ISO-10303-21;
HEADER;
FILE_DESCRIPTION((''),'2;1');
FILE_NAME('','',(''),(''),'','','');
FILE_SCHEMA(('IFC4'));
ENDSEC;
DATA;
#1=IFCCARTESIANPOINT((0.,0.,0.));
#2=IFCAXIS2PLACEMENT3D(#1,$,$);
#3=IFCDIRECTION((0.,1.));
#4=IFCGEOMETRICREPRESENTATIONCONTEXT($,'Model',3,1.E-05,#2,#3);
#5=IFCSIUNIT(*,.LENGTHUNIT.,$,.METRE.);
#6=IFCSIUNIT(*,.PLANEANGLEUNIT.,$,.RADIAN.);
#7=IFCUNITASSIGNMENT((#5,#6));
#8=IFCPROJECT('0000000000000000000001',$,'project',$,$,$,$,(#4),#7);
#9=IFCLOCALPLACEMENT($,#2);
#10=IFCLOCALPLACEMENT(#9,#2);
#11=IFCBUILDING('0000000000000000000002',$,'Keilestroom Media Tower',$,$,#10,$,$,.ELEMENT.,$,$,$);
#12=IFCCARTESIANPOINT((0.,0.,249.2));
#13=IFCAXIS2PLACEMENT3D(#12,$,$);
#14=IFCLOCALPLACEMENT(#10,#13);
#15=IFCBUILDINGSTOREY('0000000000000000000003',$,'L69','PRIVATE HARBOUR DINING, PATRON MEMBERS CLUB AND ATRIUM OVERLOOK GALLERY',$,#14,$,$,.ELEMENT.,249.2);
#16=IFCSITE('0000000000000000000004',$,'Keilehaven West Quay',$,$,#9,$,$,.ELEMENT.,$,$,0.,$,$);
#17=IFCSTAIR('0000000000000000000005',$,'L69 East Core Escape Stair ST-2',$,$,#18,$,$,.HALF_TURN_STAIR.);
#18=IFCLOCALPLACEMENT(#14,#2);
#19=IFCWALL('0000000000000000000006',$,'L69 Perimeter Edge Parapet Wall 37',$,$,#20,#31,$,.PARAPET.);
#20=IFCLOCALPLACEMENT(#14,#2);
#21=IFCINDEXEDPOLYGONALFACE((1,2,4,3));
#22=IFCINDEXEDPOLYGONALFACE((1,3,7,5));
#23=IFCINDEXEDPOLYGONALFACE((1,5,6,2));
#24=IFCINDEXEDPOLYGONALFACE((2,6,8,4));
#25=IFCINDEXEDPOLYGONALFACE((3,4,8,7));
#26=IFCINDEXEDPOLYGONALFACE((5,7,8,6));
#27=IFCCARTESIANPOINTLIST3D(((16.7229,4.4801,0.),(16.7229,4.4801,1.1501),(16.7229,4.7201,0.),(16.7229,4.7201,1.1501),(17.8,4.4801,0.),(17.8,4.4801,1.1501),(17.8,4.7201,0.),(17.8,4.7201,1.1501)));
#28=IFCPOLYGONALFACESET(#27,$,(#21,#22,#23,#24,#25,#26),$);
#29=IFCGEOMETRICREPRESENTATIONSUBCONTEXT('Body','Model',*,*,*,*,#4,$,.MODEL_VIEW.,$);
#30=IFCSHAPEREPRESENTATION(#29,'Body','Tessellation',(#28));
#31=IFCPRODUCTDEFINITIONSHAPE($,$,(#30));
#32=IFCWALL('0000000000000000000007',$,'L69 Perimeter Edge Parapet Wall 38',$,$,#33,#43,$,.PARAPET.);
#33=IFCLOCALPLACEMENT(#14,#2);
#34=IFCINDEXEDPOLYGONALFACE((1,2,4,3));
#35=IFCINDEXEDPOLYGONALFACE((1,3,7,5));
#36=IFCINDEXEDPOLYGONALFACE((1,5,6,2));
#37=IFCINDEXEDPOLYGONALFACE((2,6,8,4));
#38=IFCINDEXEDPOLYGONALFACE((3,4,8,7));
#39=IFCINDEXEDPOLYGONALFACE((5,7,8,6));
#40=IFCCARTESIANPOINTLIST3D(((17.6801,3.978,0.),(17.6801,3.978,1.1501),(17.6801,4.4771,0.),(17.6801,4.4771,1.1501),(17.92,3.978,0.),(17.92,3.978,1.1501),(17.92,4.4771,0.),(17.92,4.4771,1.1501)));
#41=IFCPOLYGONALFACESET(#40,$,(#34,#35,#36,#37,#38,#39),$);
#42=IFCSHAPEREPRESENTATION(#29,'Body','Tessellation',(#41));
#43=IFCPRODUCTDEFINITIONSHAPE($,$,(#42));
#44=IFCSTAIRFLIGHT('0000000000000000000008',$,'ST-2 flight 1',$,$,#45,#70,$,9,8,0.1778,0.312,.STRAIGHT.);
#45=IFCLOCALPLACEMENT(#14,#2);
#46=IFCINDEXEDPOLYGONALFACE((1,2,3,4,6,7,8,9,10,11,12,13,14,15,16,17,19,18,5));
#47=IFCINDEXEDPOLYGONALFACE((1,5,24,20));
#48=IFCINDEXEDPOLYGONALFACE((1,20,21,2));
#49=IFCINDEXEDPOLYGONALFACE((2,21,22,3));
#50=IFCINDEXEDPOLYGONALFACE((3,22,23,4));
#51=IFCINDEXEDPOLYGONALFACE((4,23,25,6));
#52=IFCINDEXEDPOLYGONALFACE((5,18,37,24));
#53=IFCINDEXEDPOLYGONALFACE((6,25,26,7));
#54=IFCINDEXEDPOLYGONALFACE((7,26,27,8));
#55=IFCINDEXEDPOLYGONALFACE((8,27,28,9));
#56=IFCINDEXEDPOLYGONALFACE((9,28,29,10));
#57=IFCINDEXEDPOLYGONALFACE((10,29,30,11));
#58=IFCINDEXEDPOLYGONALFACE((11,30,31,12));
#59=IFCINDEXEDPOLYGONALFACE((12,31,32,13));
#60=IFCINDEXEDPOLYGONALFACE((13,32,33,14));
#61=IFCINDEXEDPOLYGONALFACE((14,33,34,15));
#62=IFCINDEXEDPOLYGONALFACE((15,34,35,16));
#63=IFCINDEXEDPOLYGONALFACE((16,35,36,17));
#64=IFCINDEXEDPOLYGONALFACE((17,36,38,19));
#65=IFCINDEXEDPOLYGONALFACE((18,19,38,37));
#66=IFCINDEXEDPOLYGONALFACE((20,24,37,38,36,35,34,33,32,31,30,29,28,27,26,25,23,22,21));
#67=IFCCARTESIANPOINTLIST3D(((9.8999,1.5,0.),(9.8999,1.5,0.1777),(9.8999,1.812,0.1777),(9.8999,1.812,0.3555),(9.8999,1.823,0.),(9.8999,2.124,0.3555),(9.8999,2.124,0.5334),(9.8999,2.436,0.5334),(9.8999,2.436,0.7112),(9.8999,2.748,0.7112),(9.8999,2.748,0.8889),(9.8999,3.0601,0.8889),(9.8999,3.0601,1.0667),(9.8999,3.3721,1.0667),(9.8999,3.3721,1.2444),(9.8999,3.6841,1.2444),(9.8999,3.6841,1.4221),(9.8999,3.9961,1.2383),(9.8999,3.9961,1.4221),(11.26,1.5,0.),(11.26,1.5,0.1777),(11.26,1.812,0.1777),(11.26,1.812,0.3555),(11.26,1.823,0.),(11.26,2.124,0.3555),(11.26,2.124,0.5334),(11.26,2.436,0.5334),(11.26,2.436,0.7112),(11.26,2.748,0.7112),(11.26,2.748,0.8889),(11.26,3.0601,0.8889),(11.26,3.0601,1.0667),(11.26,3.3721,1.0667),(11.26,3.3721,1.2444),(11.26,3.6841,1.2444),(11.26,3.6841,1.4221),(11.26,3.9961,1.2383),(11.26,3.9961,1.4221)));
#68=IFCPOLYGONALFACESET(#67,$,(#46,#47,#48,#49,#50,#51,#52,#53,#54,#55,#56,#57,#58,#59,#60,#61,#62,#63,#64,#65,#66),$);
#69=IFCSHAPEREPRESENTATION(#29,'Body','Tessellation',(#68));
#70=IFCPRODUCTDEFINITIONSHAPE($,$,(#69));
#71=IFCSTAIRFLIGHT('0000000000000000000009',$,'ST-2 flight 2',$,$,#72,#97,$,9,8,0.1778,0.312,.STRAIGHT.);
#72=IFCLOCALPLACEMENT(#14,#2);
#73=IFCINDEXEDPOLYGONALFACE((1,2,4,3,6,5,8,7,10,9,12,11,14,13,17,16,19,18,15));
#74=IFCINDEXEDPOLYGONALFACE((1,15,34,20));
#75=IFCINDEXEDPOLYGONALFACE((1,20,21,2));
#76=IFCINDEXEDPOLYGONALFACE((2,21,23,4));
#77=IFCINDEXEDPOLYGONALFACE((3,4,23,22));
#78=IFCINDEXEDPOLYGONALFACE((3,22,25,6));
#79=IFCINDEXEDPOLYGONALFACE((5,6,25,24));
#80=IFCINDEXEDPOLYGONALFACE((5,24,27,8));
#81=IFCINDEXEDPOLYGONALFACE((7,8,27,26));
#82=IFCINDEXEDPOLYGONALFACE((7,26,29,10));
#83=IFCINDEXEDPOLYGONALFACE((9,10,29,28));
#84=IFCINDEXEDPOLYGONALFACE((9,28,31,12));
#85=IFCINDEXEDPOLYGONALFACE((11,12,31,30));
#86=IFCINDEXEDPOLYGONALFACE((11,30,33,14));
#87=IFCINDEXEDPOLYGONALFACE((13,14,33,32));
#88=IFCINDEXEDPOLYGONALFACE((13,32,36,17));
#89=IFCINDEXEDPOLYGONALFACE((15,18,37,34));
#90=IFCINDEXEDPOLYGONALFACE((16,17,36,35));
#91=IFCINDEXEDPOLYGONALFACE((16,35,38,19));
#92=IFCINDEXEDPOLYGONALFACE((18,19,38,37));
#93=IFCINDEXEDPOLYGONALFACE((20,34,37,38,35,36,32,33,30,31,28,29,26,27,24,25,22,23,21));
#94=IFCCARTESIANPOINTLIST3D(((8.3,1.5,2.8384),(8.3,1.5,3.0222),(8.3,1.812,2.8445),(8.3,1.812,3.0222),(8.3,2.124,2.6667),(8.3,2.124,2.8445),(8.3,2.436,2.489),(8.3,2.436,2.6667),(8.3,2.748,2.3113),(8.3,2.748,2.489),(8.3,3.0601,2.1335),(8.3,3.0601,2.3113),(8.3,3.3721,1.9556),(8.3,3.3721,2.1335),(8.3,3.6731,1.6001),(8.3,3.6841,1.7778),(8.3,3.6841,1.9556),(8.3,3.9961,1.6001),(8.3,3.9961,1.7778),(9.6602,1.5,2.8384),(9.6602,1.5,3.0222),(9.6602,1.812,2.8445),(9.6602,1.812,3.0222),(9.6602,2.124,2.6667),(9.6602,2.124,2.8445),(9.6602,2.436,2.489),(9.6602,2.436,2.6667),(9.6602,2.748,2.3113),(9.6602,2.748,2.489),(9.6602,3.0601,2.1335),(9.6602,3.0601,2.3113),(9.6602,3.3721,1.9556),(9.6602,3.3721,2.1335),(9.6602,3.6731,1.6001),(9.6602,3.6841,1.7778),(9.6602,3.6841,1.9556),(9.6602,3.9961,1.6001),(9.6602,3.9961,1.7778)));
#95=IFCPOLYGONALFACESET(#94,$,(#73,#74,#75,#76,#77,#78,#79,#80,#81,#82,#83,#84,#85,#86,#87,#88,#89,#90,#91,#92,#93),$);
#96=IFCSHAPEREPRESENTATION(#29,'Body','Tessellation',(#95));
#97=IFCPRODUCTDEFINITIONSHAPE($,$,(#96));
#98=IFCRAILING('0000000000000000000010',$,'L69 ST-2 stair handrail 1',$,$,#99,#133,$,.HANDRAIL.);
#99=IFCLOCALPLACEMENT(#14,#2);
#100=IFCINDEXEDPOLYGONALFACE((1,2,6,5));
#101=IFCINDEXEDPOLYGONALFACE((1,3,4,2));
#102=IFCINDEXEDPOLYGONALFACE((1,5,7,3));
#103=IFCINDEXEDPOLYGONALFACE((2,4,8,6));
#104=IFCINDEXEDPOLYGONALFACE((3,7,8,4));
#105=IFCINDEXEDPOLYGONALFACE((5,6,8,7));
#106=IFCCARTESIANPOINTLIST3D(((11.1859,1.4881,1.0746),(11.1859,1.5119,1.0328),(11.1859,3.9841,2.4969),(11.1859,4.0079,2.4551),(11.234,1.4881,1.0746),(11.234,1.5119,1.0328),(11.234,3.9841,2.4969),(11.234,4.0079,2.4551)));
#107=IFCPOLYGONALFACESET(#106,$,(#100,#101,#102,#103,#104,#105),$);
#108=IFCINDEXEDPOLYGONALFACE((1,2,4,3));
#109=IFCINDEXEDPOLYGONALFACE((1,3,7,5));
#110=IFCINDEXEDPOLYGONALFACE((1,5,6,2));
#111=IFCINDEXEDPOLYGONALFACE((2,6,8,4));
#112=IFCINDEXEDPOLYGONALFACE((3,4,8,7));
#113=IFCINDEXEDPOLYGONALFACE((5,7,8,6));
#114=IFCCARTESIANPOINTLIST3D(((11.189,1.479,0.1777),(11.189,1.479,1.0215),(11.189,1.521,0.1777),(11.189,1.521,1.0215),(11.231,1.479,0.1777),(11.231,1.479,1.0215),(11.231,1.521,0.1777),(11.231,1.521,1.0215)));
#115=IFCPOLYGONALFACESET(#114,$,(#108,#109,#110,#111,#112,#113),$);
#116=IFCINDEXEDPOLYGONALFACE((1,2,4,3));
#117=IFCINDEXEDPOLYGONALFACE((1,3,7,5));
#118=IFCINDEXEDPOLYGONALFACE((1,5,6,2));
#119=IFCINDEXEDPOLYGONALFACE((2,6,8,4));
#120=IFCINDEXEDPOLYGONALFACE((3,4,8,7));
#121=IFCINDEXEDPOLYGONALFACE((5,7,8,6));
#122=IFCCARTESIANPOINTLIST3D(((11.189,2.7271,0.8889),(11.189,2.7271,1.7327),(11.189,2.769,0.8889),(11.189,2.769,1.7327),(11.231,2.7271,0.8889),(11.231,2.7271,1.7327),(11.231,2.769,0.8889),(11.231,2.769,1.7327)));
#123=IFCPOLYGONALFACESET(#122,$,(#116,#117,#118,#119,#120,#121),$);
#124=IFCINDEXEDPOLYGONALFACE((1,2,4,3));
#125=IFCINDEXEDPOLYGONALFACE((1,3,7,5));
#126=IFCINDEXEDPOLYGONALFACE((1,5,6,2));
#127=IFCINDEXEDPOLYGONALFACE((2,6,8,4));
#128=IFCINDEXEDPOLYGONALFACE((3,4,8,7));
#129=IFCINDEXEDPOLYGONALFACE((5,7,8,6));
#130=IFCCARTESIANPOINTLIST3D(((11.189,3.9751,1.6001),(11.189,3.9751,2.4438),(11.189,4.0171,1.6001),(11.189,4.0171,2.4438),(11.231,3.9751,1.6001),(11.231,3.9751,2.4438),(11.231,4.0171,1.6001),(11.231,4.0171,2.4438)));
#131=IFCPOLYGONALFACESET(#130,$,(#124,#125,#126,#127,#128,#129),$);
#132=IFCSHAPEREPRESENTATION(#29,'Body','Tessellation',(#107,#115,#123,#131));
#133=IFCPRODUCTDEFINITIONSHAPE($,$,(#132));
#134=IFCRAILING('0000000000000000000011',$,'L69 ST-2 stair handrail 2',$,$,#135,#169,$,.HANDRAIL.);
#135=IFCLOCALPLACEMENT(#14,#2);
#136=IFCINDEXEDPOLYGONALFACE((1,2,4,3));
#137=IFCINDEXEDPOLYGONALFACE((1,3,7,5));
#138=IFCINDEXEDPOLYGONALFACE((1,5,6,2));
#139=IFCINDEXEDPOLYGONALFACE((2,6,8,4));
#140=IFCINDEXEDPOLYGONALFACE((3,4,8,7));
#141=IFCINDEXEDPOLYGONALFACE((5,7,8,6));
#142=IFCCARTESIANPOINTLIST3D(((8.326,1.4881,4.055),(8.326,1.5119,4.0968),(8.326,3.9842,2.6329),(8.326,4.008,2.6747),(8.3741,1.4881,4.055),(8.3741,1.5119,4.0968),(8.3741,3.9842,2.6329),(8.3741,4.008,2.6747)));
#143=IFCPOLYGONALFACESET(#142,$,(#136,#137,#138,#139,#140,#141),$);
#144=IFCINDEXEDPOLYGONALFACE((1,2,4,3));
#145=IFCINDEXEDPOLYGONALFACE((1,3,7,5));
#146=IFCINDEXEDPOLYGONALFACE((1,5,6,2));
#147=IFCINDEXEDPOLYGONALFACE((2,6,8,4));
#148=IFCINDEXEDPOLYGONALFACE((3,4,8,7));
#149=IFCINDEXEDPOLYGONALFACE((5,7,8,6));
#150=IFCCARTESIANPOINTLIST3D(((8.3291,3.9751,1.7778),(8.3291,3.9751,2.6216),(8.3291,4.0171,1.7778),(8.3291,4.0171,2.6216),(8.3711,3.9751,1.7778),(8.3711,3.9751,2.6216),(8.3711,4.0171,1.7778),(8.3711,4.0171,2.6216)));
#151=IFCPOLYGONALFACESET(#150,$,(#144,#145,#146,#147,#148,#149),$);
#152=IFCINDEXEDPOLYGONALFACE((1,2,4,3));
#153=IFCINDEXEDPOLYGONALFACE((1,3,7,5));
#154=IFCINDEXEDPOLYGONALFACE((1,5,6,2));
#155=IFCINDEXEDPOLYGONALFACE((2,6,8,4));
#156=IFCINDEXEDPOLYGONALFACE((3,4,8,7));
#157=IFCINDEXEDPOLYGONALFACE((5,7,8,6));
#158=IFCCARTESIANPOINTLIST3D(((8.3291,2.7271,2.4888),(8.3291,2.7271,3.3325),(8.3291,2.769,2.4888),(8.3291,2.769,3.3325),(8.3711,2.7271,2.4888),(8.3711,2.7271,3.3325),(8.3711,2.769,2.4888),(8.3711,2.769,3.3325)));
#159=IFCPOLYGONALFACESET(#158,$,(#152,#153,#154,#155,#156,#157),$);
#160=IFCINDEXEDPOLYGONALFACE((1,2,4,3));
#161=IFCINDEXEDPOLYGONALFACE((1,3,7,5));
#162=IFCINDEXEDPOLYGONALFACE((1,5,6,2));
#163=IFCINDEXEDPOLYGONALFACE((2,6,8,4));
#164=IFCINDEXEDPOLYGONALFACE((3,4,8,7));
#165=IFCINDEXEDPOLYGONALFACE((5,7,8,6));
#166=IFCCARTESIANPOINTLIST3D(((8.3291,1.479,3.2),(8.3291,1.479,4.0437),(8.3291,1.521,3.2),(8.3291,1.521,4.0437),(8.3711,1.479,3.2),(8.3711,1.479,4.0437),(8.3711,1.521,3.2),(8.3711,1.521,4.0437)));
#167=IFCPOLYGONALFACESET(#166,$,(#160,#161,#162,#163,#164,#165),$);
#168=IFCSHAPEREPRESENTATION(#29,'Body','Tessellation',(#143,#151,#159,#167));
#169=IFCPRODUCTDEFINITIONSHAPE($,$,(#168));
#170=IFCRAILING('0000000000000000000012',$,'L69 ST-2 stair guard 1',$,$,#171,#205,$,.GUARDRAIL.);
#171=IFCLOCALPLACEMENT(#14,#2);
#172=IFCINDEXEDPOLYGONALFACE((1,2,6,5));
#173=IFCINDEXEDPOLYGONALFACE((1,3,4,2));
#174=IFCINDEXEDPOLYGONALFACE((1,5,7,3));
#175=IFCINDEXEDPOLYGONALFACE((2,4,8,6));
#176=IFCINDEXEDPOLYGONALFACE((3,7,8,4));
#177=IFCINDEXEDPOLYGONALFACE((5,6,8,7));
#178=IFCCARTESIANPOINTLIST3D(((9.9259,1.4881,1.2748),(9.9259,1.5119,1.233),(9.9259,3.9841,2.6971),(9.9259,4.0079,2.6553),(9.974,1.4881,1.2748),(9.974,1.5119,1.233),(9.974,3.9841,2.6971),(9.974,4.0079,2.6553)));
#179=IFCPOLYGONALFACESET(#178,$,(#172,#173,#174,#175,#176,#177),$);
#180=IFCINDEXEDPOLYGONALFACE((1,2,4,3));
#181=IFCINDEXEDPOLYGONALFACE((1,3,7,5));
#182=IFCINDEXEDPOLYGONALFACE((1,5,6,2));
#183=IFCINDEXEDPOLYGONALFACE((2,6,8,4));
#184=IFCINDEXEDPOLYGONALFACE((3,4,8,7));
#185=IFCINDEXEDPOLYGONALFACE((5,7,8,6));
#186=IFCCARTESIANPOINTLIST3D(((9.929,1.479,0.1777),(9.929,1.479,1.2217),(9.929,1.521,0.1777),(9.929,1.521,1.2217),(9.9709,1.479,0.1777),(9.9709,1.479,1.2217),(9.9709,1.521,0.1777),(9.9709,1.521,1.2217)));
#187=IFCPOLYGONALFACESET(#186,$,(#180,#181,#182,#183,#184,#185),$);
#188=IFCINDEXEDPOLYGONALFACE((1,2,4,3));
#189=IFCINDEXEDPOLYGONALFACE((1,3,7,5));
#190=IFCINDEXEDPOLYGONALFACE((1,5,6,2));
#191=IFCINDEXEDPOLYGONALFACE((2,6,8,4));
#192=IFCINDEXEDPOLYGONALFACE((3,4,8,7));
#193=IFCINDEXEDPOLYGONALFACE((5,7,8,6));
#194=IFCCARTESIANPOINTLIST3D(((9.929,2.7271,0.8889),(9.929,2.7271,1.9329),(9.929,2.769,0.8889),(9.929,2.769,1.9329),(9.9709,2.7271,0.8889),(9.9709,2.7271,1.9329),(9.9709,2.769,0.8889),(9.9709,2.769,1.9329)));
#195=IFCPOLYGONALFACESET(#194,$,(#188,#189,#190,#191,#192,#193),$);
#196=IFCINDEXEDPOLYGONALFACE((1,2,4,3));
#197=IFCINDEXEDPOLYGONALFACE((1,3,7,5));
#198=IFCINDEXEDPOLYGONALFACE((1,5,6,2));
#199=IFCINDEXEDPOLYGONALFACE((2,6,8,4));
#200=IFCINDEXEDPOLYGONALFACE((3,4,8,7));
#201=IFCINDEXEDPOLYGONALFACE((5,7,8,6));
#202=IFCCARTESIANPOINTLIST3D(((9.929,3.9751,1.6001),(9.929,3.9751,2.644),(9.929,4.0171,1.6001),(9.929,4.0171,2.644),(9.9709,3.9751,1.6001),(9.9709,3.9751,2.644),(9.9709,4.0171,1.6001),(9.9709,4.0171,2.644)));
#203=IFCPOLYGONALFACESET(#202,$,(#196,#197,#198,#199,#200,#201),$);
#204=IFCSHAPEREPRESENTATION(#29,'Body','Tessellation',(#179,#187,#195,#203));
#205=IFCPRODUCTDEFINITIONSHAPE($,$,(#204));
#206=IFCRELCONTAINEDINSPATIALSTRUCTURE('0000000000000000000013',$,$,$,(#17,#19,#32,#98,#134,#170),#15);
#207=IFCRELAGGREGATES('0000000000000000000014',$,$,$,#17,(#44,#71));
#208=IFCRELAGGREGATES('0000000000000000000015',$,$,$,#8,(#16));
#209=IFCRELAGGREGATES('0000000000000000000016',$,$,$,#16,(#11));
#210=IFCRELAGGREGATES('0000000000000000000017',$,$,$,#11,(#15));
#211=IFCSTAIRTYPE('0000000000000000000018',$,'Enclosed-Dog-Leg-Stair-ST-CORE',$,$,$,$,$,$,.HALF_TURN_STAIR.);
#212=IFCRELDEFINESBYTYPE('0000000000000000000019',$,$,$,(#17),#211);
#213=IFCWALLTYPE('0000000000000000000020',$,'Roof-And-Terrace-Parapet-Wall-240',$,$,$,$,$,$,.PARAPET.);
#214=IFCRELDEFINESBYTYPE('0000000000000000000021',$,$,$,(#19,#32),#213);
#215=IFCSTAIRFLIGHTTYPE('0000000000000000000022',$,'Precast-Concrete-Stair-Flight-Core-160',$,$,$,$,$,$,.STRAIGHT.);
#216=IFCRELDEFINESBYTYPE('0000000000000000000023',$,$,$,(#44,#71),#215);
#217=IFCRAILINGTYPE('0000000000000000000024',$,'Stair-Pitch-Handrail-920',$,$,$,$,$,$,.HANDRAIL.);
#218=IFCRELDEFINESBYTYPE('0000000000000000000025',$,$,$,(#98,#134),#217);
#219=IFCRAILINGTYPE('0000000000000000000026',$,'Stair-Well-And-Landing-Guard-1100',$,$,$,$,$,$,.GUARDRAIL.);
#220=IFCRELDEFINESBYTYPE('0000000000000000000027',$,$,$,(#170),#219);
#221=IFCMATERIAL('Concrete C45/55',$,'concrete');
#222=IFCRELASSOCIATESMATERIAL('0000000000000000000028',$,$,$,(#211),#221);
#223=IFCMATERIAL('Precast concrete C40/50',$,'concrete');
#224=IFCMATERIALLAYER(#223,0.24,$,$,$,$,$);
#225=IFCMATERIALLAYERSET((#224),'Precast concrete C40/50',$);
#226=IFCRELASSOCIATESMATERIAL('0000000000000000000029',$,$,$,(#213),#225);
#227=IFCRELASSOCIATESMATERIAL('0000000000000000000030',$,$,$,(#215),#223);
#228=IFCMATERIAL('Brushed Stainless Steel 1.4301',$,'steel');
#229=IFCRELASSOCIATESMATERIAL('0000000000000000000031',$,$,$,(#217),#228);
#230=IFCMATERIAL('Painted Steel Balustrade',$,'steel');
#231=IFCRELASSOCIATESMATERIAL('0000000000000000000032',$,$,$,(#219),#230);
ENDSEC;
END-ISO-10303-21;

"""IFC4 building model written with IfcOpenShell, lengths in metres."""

from ifc_helpers import new_model, si_unit, direction, frame, frame_2d, origin, origin_2d, place, context, subcontext, project, spatial, polyline, rectangle, outline, extrude, material, layer, layer_set, type_object, element, aggregate, save


model = new_model("IFC4")

# Units and contexts
model_context = context("Model", 3, precision=1e-05, world=origin(), true_north=direction((0.0, 1.0)))
body_context = subcontext(model_context, "Body", "Model", "MODEL_VIEW")
ifc_project = project(units=[si_unit("LENGTHUNIT", "METRE"), si_unit("PLANEANGLEUNIT", "RADIAN")], contexts=[model_context])

# Site, building, storey
site_placement = place(None, origin())
site = spatial("IfcSite", under=ifc_project, at=site_placement, Name="Keilehaven West Quay", CompositionType="ELEMENT", RefElevation=0.0)
building_placement = place(site_placement, origin())
building = spatial("IfcBuilding", under=site, at=building_placement, Name="Keilestroom Media Tower", CompositionType="ELEMENT")
storey_placement = place(building_placement, frame((0.0, 0.0, 249.2)))
storey = spatial("IfcBuildingStorey", under=building, at=storey_placement, Name="L69", Description="PRIVATE HARBOUR DINING, PATRON MEMBERS CLUB AND ATRIUM OVERLOOK GALLERY", CompositionType="ELEMENT", Elevation=249.2)

# Shared definitions
ifc_material_1 = material(Name="Precast concrete C40/50", Category="concrete")

# Stair
ifc_material_2 = material(Name="Concrete C45/55", Category="concrete")
stair_type = type_object("IfcStairType", Name="Enclosed-Dog-Leg-Stair-ST-CORE", PredefinedType="HALF_TURN_STAIR", material=ifc_material_2)
stair_placement = place(storey_placement, origin())
stair = element("IfcStair", 1, at=stair_placement, inside=storey, type_object=stair_type, Name="L69 East Core Escape Stair ST-2", PredefinedType="HALF_TURN_STAIR")

# Walls
ifc_layer_1 = layer(ifc_material_1, 0.24)
ifc_layer_set_1 = layer_set([ifc_layer_1], Name="Precast concrete C40/50")
wall_type_1 = type_object("IfcWallType", Name="Roof-And-Terrace-Parapet-Wall-240", PredefinedType="PARAPET", material=ifc_layer_set_1)
wall_1_placement = place(storey_placement, frame((16.7229, 4.6001, 0.0), z_axis=(0.0, 0.0, 1.0), x_axis=(1.0, 0.0, 0.0)))
element("IfcWall", 2, at=wall_1_placement, inside=storey, type_object=wall_type_1, Name="L69 Perimeter Edge Parapet Wall 37", PredefinedType="PARAPET", context=body_context, shape_type="SweptSolid", body=[
    extrude(rectangle(XDim=1.0771, YDim=0.24, at=frame_2d((0.5386, 0.0))), origin(), (0.0, 0.0, 1.0), 1.1501),
])
wall_2_placement = place(storey_placement, frame((17.8, 4.4771, 0.0), z_axis=(0.0, 0.0, 1.0), x_axis=(0.0, -1.0, 0.0)))
element("IfcWall", 3, at=wall_2_placement, inside=storey, type_object=wall_type_1, Name="L69 Perimeter Edge Parapet Wall 38", PredefinedType="PARAPET", context=body_context, shape_type="SweptSolid", body=[
    extrude(rectangle(XDim=0.499, YDim=0.24, at=frame_2d((0.2495, 0.0))), origin(), (0.0, 0.0, 1.0), 1.1501),
])

# Stair flights
stair_flight_type = type_object("IfcStairFlightType", Name="Precast-Concrete-Stair-Flight-Core-160", PredefinedType="STRAIGHT", material=ifc_material_1)
stair_flight_1_placement = place(storey_placement, frame((10.5801, 1.5, 0.0), z_axis=(0.0, 0.0, 1.0), x_axis=(0.0, 1.0, 0.0)))
stair_flight_1 = element("IfcStairFlight", 4, at=stair_flight_1_placement, type_object=stair_flight_type, Name="ST-2 flight 1", NumberOfRisers=9, NumberOfTreads=8, PredefinedType="STRAIGHT", RiserHeight=0.1778, TreadLength=0.312, context=body_context, shape_type="SweptSolid", body=[
    extrude(outline(polyline([(0.0, 0.0), (0.0, 0.1777), (0.312, 0.1777), (0.312, 0.3555), (0.624, 0.3555), (0.624, 0.5334), (0.936, 0.5334), (0.936, 0.7112), (1.248, 0.7112), (1.248, 0.8889), (1.5601, 0.8889), (1.5601, 1.0667), (1.8721, 1.0667), (1.8721, 1.2444), (2.1841, 1.2444), (2.1841, 1.4221), (2.4961, 1.4221), (2.4961, 1.6001), (2.4961, 1.2383), (0.323, 0.0), (0.0, 0.0)])), frame((0.0, 0.6802, 0.0), z_axis=(0.0, -1.0, 0.0), x_axis=(1.0, 0.0, 0.0)), (0.0, 0.0, 1.0), 1.3601),
])
stair_flight_2_placement = place(storey_placement, frame((8.98, 3.9961, 1.6001), z_axis=(0.0, 0.0, 1.0), x_axis=(0.0, -1.0, 0.0)))
stair_flight_2 = element("IfcStairFlight", 5, at=stair_flight_2_placement, type_object=stair_flight_type, Name="ST-2 flight 2", NumberOfRisers=9, NumberOfTreads=8, PredefinedType="STRAIGHT", RiserHeight=0.1778, TreadLength=0.312, context=body_context, shape_type="SweptSolid", body=[
    extrude(outline(polyline([(0.0, 0.0), (0.0, 0.1777), (0.312, 0.1777), (0.312, 0.3555), (0.624, 0.3555), (0.624, 0.5334), (0.936, 0.5334), (0.936, 0.7112), (1.248, 0.7112), (1.248, 0.8889), (1.5601, 0.8889), (1.5601, 1.0667), (1.8721, 1.0667), (1.8721, 1.2444), (2.1841, 1.2444), (2.1841, 1.4221), (2.4961, 1.4221), (2.4961, 1.6001), (2.4961, 1.2383), (0.323, 0.0), (0.0, 0.0)])), frame((0.0, 0.6802, 0.0), z_axis=(0.0, -1.0, 0.0), x_axis=(1.0, 0.0, 0.0)), (0.0, 0.0, 1.0), 1.3601),
])
aggregate(stair, [stair_flight_1, stair_flight_2])

# Railings
ifc_material_3 = material(Name="Brushed Stainless Steel 1.4301", Category="steel")
railing_type_1 = type_object("IfcRailingType", Name="Stair-Pitch-Handrail-920", PredefinedType="HANDRAIL", material=ifc_material_3)
railing_1_placement = place(storey_placement, frame((11.21, 1.5, 0.1777)))
element("IfcRailing", 6, at=railing_1_placement, inside=storey, type_object=railing_type_1, Name="L69 ST-2 stair handrail 1", PredefinedType="HANDRAIL", context=body_context, shape_type="SweptSolid", body=[
    extrude(rectangle(XDim=0.0481, YDim=0.0481, at=origin_2d()), frame((0.0, 0.0, 0.876), z_axis=(0.0, 0.868839, 0.495095), x_axis=(-1.0, 0.0, 0.0)), (0.0, 0.0, 1.0), 2.8728),
    extrude(rectangle(XDim=0.042, YDim=0.042, at=origin_2d()), origin(), (0.0, 0.0, 1.0), 0.8438),
    extrude(rectangle(XDim=0.042, YDim=0.042, at=origin_2d()), frame((0.0, 1.248, 0.7112)), (0.0, 0.0, 1.0), 0.8438),
    extrude(rectangle(XDim=0.042, YDim=0.042, at=origin_2d()), frame((0.0, 2.4961, 1.4224)), (0.0, 0.0, 1.0), 0.8438),
])
railing_2_placement = place(storey_placement, frame((8.3501, 3.9961, 1.7778)))
element("IfcRailing", 7, at=railing_2_placement, inside=storey, type_object=railing_type_1, Name="L69 ST-2 stair handrail 2", PredefinedType="HANDRAIL", context=body_context, shape_type="SweptSolid", body=[
    extrude(rectangle(XDim=0.0481, YDim=0.0481, at=origin_2d()), frame((0.0, 0.0, 0.876), z_axis=(0.0, -0.868875, 0.495031), x_axis=(1.0, 0.0, 0.0)), (0.0, 0.0, 1.0), 2.8728),
    extrude(rectangle(XDim=0.042, YDim=0.042, at=origin_2d()), origin(), (0.0, 0.0, 1.0), 0.8438),
    extrude(rectangle(XDim=0.042, YDim=0.042, at=origin_2d()), frame((0.0, -1.248, 0.7109)), (0.0, 0.0, 1.0), 0.8438),
    extrude(rectangle(XDim=0.042, YDim=0.042, at=origin_2d()), frame((0.0, -2.4961, 1.4221)), (0.0, 0.0, 1.0), 0.8438),
])
ifc_material_4 = material(Name="Painted Steel Balustrade", Category="steel")
railing_type_2 = type_object("IfcRailingType", Name="Stair-Well-And-Landing-Guard-1100", PredefinedType="GUARDRAIL", material=ifc_material_4)
railing_3_placement = place(storey_placement, frame((9.95, 1.5, 0.1777)))
element("IfcRailing", 8, at=railing_3_placement, inside=storey, type_object=railing_type_2, Name="L69 ST-2 stair guard 1", PredefinedType="GUARDRAIL", context=body_context, shape_type="SweptSolid", body=[
    extrude(rectangle(XDim=0.0481, YDim=0.0481, at=origin_2d()), frame((0.0, 0.0, 1.0762), z_axis=(0.0, 0.868839, 0.495095), x_axis=(-1.0, 0.0, 0.0)), (0.0, 0.0, 1.0), 2.8728),
    extrude(rectangle(XDim=0.042, YDim=0.042, at=origin_2d()), origin(), (0.0, 0.0, 1.0), 1.0439),
    extrude(rectangle(XDim=0.042, YDim=0.042, at=origin_2d()), frame((0.0, 1.248, 0.7112)), (0.0, 0.0, 1.0), 1.0439),
    extrude(rectangle(XDim=0.042, YDim=0.042, at=origin_2d()), frame((0.0, 2.4961, 1.4224)), (0.0, 0.0, 1.0), 1.0439),
])

save(model, "model.ifc")
